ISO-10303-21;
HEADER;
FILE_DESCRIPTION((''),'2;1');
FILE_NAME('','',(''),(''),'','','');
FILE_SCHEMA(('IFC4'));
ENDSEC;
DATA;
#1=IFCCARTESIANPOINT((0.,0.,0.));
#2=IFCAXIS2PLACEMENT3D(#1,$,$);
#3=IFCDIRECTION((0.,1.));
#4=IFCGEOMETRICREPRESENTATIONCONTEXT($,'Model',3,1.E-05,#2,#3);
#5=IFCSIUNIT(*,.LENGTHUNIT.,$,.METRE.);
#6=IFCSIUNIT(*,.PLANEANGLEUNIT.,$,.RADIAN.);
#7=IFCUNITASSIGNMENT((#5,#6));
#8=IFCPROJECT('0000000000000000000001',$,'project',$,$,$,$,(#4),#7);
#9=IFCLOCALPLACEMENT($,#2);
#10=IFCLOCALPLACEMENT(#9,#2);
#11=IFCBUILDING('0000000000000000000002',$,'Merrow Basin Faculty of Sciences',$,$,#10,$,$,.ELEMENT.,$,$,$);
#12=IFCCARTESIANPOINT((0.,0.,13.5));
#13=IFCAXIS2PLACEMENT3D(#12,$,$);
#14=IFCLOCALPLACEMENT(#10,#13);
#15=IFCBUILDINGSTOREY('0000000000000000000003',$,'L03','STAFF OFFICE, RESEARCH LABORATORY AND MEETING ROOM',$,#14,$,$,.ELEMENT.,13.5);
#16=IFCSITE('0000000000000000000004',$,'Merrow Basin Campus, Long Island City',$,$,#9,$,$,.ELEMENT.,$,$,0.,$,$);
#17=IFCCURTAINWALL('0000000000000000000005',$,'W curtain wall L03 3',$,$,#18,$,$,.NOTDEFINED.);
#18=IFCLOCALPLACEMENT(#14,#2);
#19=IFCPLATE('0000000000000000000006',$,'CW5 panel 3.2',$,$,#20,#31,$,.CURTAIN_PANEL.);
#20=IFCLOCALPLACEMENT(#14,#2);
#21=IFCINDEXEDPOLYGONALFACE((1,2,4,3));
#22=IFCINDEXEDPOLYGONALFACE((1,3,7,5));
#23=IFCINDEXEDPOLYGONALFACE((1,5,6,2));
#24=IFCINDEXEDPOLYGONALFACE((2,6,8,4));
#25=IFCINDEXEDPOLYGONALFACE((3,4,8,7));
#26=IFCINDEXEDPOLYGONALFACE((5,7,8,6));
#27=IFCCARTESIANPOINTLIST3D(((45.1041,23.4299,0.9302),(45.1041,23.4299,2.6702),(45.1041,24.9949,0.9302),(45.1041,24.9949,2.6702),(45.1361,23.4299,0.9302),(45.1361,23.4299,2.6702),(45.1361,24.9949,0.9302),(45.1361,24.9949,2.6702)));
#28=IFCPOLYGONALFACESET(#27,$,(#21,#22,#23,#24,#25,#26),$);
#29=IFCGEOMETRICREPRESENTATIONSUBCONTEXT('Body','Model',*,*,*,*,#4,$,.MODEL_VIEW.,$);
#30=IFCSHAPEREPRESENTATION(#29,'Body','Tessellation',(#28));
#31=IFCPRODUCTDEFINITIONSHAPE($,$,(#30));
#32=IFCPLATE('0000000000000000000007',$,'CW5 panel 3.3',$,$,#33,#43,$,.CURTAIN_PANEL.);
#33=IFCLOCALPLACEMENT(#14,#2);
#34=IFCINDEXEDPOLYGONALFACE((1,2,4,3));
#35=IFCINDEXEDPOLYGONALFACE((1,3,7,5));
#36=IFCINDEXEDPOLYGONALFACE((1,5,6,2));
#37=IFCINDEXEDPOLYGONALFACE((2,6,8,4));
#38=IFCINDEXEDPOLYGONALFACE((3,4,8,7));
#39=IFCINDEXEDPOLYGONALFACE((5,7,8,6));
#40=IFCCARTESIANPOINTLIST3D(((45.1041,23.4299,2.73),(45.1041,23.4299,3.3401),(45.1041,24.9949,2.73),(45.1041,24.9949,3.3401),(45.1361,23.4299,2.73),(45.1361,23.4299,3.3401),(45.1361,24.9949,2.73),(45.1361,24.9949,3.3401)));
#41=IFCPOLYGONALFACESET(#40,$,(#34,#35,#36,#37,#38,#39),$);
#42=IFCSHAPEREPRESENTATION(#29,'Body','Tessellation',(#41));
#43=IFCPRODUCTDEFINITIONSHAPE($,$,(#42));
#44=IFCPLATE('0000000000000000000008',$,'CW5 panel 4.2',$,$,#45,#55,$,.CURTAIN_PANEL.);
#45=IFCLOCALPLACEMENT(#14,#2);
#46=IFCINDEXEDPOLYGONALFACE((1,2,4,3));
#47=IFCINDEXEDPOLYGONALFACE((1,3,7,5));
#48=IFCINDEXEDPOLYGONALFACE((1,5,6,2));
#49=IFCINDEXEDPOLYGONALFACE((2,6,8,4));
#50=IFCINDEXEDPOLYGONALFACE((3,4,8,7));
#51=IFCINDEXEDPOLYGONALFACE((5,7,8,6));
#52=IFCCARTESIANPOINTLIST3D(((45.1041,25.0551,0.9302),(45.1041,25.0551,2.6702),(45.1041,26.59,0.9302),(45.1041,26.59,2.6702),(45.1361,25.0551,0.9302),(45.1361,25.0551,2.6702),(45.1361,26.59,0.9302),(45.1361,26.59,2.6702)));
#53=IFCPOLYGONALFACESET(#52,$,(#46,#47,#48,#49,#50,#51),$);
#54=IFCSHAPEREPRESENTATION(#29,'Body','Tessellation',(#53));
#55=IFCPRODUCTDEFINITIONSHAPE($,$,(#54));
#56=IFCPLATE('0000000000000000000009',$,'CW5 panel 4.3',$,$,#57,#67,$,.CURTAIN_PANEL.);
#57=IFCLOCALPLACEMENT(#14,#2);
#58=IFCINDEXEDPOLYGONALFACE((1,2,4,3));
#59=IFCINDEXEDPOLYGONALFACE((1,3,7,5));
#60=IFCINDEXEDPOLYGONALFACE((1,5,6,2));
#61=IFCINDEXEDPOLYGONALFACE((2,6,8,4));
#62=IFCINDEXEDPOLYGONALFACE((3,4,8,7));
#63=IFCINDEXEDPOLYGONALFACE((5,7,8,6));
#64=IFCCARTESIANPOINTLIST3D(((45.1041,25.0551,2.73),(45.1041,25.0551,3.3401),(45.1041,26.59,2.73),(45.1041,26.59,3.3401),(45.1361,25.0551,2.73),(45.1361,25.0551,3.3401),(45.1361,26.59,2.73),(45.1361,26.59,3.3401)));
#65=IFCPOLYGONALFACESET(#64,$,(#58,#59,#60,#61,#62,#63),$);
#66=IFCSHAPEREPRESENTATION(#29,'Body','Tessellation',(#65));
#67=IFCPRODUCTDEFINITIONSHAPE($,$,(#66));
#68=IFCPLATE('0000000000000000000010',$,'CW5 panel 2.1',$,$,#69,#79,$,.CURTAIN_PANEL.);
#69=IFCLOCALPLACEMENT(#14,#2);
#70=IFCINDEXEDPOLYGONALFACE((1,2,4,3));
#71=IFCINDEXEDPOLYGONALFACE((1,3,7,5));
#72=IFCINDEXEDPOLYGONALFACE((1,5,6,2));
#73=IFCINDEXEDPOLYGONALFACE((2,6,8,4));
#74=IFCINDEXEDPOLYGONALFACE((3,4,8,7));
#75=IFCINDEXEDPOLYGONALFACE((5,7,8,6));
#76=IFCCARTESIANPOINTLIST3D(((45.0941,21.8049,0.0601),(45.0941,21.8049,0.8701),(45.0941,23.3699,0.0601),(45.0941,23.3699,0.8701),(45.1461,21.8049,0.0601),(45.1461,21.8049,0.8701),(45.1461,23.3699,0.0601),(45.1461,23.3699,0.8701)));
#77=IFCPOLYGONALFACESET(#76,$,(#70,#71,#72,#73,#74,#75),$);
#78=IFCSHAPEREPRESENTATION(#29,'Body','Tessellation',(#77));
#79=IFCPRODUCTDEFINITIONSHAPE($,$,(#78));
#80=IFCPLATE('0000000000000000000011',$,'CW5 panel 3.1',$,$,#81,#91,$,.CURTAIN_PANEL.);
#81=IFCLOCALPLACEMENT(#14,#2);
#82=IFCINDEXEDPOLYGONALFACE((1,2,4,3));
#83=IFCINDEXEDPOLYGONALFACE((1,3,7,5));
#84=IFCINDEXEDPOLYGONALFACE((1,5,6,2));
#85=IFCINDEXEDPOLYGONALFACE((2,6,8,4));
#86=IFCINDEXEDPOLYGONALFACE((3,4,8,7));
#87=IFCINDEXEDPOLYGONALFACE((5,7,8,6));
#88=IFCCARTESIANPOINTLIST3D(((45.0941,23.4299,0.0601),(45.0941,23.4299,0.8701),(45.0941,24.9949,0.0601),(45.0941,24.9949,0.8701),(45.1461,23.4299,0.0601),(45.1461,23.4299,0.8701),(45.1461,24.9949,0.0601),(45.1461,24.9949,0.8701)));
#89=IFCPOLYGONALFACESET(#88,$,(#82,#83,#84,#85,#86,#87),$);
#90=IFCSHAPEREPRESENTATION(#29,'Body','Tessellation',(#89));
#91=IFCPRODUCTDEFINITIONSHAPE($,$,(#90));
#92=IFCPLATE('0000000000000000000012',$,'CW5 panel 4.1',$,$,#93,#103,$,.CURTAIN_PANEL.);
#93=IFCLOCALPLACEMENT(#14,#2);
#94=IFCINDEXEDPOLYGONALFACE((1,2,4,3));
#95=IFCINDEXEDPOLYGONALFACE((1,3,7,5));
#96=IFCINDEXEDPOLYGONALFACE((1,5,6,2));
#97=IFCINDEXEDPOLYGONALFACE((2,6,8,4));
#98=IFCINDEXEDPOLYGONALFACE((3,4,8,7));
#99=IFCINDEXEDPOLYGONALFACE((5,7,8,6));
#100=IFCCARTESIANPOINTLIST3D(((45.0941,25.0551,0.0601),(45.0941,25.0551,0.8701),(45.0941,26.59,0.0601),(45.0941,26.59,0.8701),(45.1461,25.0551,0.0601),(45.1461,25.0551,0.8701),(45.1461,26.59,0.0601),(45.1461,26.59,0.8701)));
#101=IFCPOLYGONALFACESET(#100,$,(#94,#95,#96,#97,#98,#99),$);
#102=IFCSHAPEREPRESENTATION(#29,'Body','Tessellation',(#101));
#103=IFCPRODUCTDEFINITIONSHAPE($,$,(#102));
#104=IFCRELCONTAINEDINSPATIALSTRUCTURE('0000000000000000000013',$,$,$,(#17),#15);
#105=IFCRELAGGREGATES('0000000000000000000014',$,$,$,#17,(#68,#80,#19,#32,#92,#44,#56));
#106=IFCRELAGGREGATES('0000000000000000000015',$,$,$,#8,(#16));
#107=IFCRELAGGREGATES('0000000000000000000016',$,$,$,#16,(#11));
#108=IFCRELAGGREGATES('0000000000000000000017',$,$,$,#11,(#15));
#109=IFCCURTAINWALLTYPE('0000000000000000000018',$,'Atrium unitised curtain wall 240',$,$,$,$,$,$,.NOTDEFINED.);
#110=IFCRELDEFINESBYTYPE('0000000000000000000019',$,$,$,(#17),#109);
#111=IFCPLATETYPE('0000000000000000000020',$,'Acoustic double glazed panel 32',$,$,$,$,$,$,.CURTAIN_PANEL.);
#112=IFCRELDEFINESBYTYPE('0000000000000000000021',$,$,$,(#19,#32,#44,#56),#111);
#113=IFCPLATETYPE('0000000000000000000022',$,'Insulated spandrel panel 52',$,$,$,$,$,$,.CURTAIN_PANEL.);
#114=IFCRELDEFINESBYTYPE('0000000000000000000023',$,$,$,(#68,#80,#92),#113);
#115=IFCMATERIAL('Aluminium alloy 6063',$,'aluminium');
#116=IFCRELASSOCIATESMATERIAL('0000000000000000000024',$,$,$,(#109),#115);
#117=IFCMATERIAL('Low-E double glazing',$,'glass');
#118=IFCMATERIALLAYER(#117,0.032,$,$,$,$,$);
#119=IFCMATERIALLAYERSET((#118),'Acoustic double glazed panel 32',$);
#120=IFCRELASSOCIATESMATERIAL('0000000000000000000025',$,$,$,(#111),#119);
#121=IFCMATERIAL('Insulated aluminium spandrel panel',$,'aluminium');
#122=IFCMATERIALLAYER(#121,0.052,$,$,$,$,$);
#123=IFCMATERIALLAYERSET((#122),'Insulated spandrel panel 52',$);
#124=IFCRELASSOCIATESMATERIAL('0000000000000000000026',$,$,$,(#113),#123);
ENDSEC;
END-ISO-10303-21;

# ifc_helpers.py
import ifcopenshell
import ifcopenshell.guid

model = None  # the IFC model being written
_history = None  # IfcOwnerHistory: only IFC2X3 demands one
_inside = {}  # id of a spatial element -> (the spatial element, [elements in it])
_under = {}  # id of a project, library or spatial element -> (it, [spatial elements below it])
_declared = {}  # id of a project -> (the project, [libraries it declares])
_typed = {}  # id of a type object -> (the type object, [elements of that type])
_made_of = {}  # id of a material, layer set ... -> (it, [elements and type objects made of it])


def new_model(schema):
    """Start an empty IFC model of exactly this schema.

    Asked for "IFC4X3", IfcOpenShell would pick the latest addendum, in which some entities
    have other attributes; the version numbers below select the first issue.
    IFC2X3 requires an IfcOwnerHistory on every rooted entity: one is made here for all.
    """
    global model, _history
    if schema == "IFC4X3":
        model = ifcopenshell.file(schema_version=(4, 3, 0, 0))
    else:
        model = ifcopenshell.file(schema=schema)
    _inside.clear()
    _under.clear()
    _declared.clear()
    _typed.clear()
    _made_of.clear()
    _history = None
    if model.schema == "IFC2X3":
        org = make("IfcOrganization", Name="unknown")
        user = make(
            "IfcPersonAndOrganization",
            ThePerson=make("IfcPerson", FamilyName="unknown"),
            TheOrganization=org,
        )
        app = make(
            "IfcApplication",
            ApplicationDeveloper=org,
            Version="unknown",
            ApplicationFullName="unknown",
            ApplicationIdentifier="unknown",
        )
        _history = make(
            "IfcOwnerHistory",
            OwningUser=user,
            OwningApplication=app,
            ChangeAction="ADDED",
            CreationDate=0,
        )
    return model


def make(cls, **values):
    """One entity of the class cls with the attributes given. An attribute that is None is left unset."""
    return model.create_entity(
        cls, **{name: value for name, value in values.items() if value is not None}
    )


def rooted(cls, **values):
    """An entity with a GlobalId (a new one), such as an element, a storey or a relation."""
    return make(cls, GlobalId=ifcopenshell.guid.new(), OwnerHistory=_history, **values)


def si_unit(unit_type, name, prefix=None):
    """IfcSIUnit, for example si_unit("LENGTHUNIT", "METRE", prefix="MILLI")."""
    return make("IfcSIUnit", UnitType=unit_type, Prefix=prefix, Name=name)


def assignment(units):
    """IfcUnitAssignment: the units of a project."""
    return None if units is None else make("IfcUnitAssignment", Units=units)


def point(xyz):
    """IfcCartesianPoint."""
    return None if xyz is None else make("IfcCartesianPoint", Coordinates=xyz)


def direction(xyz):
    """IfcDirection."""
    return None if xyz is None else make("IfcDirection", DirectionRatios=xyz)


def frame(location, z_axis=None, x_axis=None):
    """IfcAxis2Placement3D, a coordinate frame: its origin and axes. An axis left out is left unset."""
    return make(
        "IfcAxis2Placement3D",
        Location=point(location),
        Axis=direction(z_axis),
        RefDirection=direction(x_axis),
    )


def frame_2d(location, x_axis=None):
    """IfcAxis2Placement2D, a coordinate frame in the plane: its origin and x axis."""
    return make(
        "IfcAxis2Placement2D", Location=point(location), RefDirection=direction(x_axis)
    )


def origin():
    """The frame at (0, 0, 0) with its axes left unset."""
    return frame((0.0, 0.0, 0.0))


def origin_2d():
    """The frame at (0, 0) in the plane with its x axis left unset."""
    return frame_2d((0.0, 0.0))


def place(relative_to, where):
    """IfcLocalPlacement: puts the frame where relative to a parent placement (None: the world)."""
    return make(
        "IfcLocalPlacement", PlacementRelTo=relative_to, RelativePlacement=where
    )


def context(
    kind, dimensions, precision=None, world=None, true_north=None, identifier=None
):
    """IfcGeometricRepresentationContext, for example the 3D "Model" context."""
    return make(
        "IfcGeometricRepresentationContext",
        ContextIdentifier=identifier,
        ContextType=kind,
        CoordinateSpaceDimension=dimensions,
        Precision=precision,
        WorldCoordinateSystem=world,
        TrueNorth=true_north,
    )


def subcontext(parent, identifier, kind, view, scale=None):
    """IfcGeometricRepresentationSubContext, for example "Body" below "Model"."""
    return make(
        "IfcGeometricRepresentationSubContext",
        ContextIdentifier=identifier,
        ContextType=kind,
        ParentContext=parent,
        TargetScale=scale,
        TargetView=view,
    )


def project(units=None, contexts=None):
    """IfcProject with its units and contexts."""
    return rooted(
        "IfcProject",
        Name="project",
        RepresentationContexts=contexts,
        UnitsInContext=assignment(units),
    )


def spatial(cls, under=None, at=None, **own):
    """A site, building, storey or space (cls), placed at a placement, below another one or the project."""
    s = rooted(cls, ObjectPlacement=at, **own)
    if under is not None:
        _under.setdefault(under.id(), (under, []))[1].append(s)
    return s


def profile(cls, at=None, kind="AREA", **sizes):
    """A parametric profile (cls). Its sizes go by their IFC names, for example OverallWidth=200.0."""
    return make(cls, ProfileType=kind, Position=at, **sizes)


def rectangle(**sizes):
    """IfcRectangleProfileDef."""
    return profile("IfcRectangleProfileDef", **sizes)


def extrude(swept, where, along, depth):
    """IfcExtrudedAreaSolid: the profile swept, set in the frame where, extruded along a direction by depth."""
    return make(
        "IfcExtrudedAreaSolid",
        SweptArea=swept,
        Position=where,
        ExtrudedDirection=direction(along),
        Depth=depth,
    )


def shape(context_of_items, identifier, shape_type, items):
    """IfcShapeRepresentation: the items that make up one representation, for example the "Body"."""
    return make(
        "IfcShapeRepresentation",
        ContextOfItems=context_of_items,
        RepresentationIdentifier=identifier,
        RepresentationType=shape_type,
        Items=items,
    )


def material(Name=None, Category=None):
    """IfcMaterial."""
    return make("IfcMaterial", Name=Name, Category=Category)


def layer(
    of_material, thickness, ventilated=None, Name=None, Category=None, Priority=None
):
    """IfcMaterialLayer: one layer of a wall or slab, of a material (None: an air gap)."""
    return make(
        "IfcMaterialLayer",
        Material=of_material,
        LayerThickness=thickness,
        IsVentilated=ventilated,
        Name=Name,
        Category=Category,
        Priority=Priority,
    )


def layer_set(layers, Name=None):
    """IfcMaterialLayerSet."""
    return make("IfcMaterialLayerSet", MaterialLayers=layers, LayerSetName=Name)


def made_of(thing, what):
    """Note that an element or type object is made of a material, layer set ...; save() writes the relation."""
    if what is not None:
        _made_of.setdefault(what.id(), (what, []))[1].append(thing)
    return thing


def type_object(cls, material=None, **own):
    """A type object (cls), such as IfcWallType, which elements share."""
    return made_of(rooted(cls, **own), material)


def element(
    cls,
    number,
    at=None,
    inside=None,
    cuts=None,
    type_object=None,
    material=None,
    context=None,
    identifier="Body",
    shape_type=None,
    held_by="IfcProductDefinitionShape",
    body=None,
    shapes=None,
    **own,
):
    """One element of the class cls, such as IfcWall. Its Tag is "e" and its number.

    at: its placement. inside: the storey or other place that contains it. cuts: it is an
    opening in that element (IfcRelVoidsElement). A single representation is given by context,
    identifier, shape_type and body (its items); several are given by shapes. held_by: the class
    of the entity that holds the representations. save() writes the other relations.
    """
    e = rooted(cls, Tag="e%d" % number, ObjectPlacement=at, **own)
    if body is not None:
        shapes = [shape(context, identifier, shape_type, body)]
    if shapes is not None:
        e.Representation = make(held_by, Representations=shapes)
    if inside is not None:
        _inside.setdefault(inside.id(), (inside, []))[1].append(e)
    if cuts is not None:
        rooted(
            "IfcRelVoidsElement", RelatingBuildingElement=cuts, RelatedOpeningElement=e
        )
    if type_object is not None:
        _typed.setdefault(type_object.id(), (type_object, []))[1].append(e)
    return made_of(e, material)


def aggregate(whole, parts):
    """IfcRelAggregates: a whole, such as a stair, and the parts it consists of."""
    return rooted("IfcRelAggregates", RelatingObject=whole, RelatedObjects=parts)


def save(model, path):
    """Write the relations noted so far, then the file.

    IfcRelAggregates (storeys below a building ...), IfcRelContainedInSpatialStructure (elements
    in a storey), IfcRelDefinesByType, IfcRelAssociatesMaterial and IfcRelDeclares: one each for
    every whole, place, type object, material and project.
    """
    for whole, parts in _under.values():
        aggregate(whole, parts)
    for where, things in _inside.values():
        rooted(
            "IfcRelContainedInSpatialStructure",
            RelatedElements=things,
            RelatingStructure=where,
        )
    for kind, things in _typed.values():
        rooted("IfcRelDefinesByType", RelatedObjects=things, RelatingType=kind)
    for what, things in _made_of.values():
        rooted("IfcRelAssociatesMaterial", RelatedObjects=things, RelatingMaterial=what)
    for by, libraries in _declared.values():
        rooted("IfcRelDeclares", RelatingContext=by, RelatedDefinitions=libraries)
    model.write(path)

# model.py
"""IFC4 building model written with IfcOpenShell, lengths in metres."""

from ifc_helpers import new_model, si_unit, direction, frame, origin, origin_2d, place, context, subcontext, project, spatial, rectangle, extrude, material, layer, layer_set, type_object, element, aggregate, save


model = new_model("IFC4")

# Units and contexts
model_context = context("Model", 3, precision=1e-05, world=origin(), true_north=direction((0.0, 1.0)))
body_context = subcontext(model_context, "Body", "Model", "MODEL_VIEW")
ifc_project = project(units=[si_unit("LENGTHUNIT", "METRE"), si_unit("PLANEANGLEUNIT", "RADIAN")], contexts=[model_context])

# Site, building, storey
site_placement = place(None, origin())
site = spatial("IfcSite", under=ifc_project, at=site_placement, Name="Merrow Basin Campus, Long Island City", CompositionType="ELEMENT", RefElevation=0.0)
building_placement = place(site_placement, origin())
building = spatial("IfcBuilding", under=site, at=building_placement, Name="Merrow Basin Faculty of Sciences", CompositionType="ELEMENT")
storey_placement = place(building_placement, frame((0.0, 0.0, 13.5)))
storey = spatial("IfcBuildingStorey", under=building, at=storey_placement, Name="L03", Description="STAFF OFFICE, RESEARCH LABORATORY AND MEETING ROOM", CompositionType="ELEMENT", Elevation=13.5)

# Curtain wall, plates
ifc_material_1 = material(Name="Aluminium alloy 6063", Category="aluminium")
curtain_wall_type = type_object("IfcCurtainWallType", Name="Atrium unitised curtain wall 240", PredefinedType="NOTDEFINED", material=ifc_material_1)
curtain_wall_placement = place(storey_placement, origin())
curtain_wall = element("IfcCurtainWall", 1, at=curtain_wall_placement, inside=storey, type_object=curtain_wall_type, Name="W curtain wall L03 3", PredefinedType="NOTDEFINED")
ifc_material_2 = material(Name="Low-E double glazing", Category="glass")
ifc_layer_1 = layer(ifc_material_2, 0.032)
ifc_layer_set_1 = layer_set([ifc_layer_1], Name="Acoustic double glazed panel 32")
plate_type_1 = type_object("IfcPlateType", Name="Acoustic double glazed panel 32", PredefinedType="CURTAIN_PANEL", material=ifc_layer_set_1)
plate_1_placement = place(storey_placement, frame((45.1201, 24.2124, 0.9302), z_axis=(0.0, 0.0, 1.0), x_axis=(0.0, 1.0, 0.0)))
plate_1 = element("IfcPlate", 2, at=plate_1_placement, type_object=plate_type_1, Name="CW5 panel 3.2", PredefinedType="CURTAIN_PANEL", context=body_context, shape_type="SweptSolid", body=[
    extrude(rectangle(XDim=1.5649, YDim=0.032, at=origin_2d()), origin(), (0.0, 0.0, 1.0), 1.74),
])
plate_2_placement = place(storey_placement, frame((45.1201, 24.2124, 2.73), z_axis=(0.0, 0.0, 1.0), x_axis=(0.0, 1.0, 0.0)))
plate_2 = element("IfcPlate", 3, at=plate_2_placement, type_object=plate_type_1, Name="CW5 panel 3.3", PredefinedType="CURTAIN_PANEL", context=body_context, shape_type="SweptSolid", body=[
    extrude(rectangle(XDim=1.5649, YDim=0.032, at=origin_2d()), origin(), (0.0, 0.0, 1.0), 0.6101),
])
plate_3_placement = place(storey_placement, frame((45.1201, 25.8225, 0.9302), z_axis=(0.0, 0.0, 1.0), x_axis=(0.0, 1.0, 0.0)))
plate_3 = element("IfcPlate", 4, at=plate_3_placement, type_object=plate_type_1, Name="CW5 panel 4.2", PredefinedType="CURTAIN_PANEL", context=body_context, shape_type="SweptSolid", body=[
    extrude(rectangle(XDim=1.5349, YDim=0.032, at=origin_2d()), origin(), (0.0, 0.0, 1.0), 1.74),
])
plate_4_placement = place(storey_placement, frame((45.1201, 25.8225, 2.73), z_axis=(0.0, 0.0, 1.0), x_axis=(0.0, 1.0, 0.0)))
plate_4 = element("IfcPlate", 5, at=plate_4_placement, type_object=plate_type_1, Name="CW5 panel 4.3", PredefinedType="CURTAIN_PANEL", context=body_context, shape_type="SweptSolid", body=[
    extrude(rectangle(XDim=1.5349, YDim=0.032, at=origin_2d()), origin(), (0.0, 0.0, 1.0), 0.6101),
])
ifc_material_3 = material(Name="Insulated aluminium spandrel panel", Category="aluminium")
ifc_layer_2 = layer(ifc_material_3, 0.052)
ifc_layer_set_2 = layer_set([ifc_layer_2], Name="Insulated spandrel panel 52")
plate_type_2 = type_object("IfcPlateType", Name="Insulated spandrel panel 52", PredefinedType="CURTAIN_PANEL", material=ifc_layer_set_2)
plate_5_placement = place(storey_placement, frame((45.1201, 22.5874, 0.0601), z_axis=(0.0, 0.0, 1.0), x_axis=(0.0, 1.0, 0.0)))
plate_5 = element("IfcPlate", 6, at=plate_5_placement, type_object=plate_type_2, Name="CW5 panel 2.1", PredefinedType="CURTAIN_PANEL", context=body_context, shape_type="SweptSolid", body=[
    extrude(rectangle(XDim=1.5649, YDim=0.052, at=origin_2d()), origin(), (0.0, 0.0, 1.0), 0.8101),
])
plate_6_placement = place(storey_placement, frame((45.1201, 24.2124, 0.0601), z_axis=(0.0, 0.0, 1.0), x_axis=(0.0, 1.0, 0.0)))
plate_6 = element("IfcPlate", 7, at=plate_6_placement, type_object=plate_type_2, Name="CW5 panel 3.1", PredefinedType="CURTAIN_PANEL", context=body_context, shape_type="SweptSolid", body=[
    extrude(rectangle(XDim=1.5649, YDim=0.052, at=origin_2d()), origin(), (0.0, 0.0, 1.0), 0.8101),
])
plate_7_placement = place(storey_placement, frame((45.1201, 25.8225, 0.0601), z_axis=(0.0, 0.0, 1.0), x_axis=(0.0, 1.0, 0.0)))
plate_7 = element("IfcPlate", 8, at=plate_7_placement, type_object=plate_type_2, Name="CW5 panel 4.1", PredefinedType="CURTAIN_PANEL", context=body_context, shape_type="SweptSolid", body=[
    extrude(rectangle(XDim=1.5349, YDim=0.052, at=origin_2d()), origin(), (0.0, 0.0, 1.0), 0.8101),
])
aggregate(curtain_wall, [plate_5, plate_6, plate_1, plate_2, plate_7, plate_3, plate_4])

save(model, "model.ifc")
